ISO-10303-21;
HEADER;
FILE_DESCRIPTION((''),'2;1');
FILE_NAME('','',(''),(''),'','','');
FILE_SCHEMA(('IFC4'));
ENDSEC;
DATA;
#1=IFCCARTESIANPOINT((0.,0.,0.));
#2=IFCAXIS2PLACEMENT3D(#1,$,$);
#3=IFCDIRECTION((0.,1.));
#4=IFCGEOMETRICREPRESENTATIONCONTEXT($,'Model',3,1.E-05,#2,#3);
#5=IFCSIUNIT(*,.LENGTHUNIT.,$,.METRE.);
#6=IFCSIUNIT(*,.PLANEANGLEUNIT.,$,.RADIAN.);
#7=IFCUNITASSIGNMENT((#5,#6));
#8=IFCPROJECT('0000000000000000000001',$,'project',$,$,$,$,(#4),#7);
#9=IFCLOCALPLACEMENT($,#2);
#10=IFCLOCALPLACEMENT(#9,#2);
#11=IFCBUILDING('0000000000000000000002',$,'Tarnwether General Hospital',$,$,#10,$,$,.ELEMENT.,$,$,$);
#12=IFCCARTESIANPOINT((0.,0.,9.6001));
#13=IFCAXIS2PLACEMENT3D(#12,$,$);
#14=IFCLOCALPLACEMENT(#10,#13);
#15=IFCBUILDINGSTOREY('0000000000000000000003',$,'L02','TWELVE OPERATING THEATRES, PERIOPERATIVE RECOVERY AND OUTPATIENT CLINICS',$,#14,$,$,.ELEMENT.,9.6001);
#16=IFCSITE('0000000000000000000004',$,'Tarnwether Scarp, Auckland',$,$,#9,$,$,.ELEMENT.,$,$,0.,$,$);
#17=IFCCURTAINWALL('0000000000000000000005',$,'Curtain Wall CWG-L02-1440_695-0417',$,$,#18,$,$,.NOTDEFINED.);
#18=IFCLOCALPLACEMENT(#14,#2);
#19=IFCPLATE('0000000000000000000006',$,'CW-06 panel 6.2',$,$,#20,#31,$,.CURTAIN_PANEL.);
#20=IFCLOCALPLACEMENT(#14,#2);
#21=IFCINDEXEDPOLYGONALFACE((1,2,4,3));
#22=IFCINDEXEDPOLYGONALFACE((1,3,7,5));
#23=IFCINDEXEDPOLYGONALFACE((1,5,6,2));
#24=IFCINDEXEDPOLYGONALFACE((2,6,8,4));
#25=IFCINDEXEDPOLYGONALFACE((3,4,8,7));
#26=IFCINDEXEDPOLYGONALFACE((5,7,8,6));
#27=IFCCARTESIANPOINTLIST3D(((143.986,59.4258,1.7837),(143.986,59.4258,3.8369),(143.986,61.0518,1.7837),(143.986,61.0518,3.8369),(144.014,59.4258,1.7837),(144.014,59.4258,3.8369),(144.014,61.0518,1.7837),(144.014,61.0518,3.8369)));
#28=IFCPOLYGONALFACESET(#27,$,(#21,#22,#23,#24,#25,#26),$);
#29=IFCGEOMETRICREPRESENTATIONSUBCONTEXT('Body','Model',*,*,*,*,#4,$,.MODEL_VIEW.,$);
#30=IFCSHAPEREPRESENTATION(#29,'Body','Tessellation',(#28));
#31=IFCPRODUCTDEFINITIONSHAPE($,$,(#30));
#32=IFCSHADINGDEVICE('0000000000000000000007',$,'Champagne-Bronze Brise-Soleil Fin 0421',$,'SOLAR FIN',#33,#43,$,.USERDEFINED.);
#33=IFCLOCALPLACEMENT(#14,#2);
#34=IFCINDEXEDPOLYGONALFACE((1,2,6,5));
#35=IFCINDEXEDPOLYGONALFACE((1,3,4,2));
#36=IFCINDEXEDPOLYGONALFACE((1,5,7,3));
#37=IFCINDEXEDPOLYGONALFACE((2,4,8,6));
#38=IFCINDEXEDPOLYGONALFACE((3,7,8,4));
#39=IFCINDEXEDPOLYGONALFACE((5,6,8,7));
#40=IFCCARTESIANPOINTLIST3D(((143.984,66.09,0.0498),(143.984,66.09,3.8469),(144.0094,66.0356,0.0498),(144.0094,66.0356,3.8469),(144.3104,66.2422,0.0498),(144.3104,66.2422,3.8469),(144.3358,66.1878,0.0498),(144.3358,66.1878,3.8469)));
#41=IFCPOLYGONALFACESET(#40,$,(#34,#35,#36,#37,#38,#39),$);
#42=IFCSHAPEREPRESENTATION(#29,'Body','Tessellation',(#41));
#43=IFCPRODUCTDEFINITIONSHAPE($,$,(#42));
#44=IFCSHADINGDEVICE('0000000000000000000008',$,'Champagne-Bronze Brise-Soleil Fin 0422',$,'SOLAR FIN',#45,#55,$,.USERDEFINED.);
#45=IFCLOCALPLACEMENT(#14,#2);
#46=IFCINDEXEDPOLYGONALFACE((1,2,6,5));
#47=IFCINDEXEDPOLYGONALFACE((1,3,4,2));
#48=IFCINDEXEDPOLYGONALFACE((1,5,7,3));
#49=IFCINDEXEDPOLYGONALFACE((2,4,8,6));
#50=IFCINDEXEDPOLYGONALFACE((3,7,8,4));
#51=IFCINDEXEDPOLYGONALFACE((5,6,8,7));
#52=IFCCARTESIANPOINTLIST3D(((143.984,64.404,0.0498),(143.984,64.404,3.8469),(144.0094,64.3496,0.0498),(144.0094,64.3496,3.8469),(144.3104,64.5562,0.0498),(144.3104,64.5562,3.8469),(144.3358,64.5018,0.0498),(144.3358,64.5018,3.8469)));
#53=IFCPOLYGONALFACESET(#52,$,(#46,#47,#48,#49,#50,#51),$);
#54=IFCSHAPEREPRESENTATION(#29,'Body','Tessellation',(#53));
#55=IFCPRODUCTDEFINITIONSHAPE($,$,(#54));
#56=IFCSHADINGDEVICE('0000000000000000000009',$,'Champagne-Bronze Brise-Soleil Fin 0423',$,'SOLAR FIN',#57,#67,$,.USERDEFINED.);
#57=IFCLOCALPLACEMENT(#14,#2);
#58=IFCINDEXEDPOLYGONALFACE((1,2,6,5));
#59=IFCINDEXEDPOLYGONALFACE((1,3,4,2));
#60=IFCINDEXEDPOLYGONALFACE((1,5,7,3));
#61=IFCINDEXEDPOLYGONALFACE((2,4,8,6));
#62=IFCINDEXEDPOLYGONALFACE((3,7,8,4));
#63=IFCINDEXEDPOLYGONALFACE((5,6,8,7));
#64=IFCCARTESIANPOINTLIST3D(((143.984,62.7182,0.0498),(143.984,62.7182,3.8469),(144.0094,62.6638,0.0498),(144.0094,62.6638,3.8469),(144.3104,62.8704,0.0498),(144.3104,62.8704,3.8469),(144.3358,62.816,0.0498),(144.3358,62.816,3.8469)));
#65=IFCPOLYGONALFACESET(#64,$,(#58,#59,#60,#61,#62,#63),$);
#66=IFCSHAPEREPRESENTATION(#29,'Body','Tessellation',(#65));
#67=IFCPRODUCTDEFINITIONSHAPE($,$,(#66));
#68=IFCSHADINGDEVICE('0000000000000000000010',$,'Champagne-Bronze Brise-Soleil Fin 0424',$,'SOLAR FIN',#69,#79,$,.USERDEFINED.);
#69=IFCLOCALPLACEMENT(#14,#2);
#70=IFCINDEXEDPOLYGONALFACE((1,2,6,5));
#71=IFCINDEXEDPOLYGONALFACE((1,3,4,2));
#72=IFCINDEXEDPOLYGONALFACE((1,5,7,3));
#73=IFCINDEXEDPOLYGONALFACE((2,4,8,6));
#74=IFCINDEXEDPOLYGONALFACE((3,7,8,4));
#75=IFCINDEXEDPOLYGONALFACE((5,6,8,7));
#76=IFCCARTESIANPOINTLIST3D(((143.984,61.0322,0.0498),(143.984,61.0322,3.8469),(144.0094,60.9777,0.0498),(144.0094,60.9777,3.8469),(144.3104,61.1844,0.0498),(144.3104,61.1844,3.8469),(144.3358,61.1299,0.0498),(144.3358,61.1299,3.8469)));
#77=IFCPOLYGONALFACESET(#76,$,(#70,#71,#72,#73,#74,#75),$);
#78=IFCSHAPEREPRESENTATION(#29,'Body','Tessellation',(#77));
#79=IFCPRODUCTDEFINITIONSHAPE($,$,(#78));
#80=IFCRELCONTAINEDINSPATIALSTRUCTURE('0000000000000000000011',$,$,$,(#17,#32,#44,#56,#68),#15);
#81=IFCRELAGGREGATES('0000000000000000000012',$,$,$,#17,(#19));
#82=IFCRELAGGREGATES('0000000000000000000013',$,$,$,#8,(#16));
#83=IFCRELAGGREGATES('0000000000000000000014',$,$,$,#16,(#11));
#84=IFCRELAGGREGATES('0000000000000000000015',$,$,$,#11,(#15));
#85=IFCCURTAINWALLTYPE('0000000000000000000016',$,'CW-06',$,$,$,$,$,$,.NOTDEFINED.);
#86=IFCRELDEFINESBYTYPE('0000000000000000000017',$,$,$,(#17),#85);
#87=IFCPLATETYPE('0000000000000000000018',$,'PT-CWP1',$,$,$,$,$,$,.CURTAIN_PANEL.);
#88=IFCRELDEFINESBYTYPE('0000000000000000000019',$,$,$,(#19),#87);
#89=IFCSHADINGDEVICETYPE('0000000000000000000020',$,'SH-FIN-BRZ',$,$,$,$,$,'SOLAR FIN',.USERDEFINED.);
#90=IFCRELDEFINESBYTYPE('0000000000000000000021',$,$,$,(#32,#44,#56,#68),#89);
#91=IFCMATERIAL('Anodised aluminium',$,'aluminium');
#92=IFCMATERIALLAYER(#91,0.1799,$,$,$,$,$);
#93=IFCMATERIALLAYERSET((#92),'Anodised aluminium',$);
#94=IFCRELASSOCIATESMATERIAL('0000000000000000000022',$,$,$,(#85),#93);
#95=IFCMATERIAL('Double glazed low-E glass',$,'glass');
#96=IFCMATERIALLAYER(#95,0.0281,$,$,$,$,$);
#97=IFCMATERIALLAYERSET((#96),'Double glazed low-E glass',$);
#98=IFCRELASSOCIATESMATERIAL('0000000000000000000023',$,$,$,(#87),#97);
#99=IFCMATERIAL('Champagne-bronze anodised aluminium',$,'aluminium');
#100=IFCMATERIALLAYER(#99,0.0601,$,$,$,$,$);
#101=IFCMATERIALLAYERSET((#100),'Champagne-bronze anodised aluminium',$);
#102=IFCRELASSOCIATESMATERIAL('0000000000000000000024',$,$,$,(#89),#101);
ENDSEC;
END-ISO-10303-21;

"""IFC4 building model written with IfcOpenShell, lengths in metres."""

from ifc_helpers import new_model, si_unit, direction, frame, origin, origin_2d, place, context, subcontext, project, spatial, rectangle, extrude, material, layer, layer_set, type_object, element, aggregate, save


model = new_model("IFC4")

# Units and contexts
model_context = context("Model", 3, precision=1e-05, world=origin(), true_north=direction((0.0, 1.0)))
body_context = subcontext(model_context, "Body", "Model", "MODEL_VIEW")
ifc_project = project(units=[si_unit("LENGTHUNIT", "METRE"), si_unit("PLANEANGLEUNIT", "RADIAN")], contexts=[model_context])

# Site, building, storey
site_placement = place(None, origin())
site = spatial("IfcSite", under=ifc_project, at=site_placement, Name="Tarnwether Scarp, Auckland", CompositionType="ELEMENT", RefElevation=0.0)
building_placement = place(site_placement, origin())
building = spatial("IfcBuilding", under=site, at=building_placement, Name="Tarnwether General Hospital", CompositionType="ELEMENT")
storey_placement = place(building_placement, frame((0.0, 0.0, 9.6001)))
storey = spatial("IfcBuildingStorey", under=building, at=storey_placement, Name="L02", Description="TWELVE OPERATING THEATRES, PERIOPERATIVE RECOVERY AND OUTPATIENT CLINICS", CompositionType="ELEMENT", Elevation=9.6001)

# Curtain wall, plate
ifc_material_1 = material(Name="Anodised aluminium", Category="aluminium")
ifc_layer_1 = layer(ifc_material_1, 0.1799)
ifc_layer_set_1 = layer_set([ifc_layer_1], Name="Anodised aluminium")
curtain_wall_type = type_object("IfcCurtainWallType", Name="CW-06", PredefinedType="NOTDEFINED", material=ifc_layer_set_1)
curtain_wall_placement = place(storey_placement, origin())
curtain_wall = element("IfcCurtainWall", 1, at=curtain_wall_placement, inside=storey, type_object=curtain_wall_type, Name="Curtain Wall CWG-L02-1440_695-0417", PredefinedType="NOTDEFINED")
ifc_material_2 = material(Name="Double glazed low-E glass", Category="glass")
ifc_layer_2 = layer(ifc_material_2, 0.0281)
ifc_layer_set_2 = layer_set([ifc_layer_2], Name="Double glazed low-E glass")
plate_type = type_object("IfcPlateType", Name="PT-CWP1", PredefinedType="CURTAIN_PANEL", material=ifc_layer_set_2)
plate_1_placement = place(storey_placement, frame((144.0, 60.2388, 1.7837), z_axis=(0.0, 0.0, 1.0), x_axis=(0.0, -1.0, 0.0)))
plate_1 = element("IfcPlate", 2, at=plate_1_placement, type_object=plate_type, Name="CW-06 panel 6.2", PredefinedType="CURTAIN_PANEL", context=body_context, shape_type="SweptSolid", body=[
    extrude(rectangle(XDim=1.626, YDim=0.0281, at=origin_2d()), origin(), (0.0, 0.0, 1.0), 2.0532),
])
aggregate(curtain_wall, [plate_1])

# Shading devices
ifc_material_3 = material(Name="Champagne-bronze anodised aluminium", Category="aluminium")
ifc_layer_3 = layer(ifc_material_3, 0.0601)
ifc_layer_set_3 = layer_set([ifc_layer_3], Name="Champagne-bronze anodised aluminium")
shading_device_type = type_object("IfcShadingDeviceType", Name="SH-FIN-BRZ", ElementType="SOLAR FIN", PredefinedType="USERDEFINED", material=ifc_layer_set_3)
for number, where, z_axis, x_axis, name in (
    (3, (144.1599, 66.1389, 0.0498), (0.0, 0.0, 1.0), (0.422618, -0.906308, 0.0), "Champagne-Bronze Brise-Soleil Fin 0421"),
    (4, (144.1599, 64.4529, 0.0498), (0.0, 0.0, 1.0), (0.422618, -0.906308, 0.0), "Champagne-Bronze Brise-Soleil Fin 0422"),
    (5, (144.1599, 62.7671, 0.0498), (0.0, 0.0, 1.0), (0.422618, -0.906308, 0.0), "Champagne-Bronze Brise-Soleil Fin 0423"),
    (6, (144.1599, 61.0811, 0.0498), (0.0, 0.0, 1.0), (0.422618, -0.906308, 0.0), "Champagne-Bronze Brise-Soleil Fin 0424"),
):
    element("IfcShadingDevice", number, at=place(storey_placement, frame(where, z_axis=z_axis, x_axis=x_axis)), inside=storey, type_object=shading_device_type, Name=name, ObjectType="SOLAR FIN", PredefinedType="USERDEFINED", context=body_context, shape_type="SweptSolid", body=[
        extrude(rectangle(XDim=0.0601, YDim=0.3601, at=origin_2d()), origin(), (0.0, 0.0, 1.0), 3.7971),
    ])

save(model, "model.ifc")
